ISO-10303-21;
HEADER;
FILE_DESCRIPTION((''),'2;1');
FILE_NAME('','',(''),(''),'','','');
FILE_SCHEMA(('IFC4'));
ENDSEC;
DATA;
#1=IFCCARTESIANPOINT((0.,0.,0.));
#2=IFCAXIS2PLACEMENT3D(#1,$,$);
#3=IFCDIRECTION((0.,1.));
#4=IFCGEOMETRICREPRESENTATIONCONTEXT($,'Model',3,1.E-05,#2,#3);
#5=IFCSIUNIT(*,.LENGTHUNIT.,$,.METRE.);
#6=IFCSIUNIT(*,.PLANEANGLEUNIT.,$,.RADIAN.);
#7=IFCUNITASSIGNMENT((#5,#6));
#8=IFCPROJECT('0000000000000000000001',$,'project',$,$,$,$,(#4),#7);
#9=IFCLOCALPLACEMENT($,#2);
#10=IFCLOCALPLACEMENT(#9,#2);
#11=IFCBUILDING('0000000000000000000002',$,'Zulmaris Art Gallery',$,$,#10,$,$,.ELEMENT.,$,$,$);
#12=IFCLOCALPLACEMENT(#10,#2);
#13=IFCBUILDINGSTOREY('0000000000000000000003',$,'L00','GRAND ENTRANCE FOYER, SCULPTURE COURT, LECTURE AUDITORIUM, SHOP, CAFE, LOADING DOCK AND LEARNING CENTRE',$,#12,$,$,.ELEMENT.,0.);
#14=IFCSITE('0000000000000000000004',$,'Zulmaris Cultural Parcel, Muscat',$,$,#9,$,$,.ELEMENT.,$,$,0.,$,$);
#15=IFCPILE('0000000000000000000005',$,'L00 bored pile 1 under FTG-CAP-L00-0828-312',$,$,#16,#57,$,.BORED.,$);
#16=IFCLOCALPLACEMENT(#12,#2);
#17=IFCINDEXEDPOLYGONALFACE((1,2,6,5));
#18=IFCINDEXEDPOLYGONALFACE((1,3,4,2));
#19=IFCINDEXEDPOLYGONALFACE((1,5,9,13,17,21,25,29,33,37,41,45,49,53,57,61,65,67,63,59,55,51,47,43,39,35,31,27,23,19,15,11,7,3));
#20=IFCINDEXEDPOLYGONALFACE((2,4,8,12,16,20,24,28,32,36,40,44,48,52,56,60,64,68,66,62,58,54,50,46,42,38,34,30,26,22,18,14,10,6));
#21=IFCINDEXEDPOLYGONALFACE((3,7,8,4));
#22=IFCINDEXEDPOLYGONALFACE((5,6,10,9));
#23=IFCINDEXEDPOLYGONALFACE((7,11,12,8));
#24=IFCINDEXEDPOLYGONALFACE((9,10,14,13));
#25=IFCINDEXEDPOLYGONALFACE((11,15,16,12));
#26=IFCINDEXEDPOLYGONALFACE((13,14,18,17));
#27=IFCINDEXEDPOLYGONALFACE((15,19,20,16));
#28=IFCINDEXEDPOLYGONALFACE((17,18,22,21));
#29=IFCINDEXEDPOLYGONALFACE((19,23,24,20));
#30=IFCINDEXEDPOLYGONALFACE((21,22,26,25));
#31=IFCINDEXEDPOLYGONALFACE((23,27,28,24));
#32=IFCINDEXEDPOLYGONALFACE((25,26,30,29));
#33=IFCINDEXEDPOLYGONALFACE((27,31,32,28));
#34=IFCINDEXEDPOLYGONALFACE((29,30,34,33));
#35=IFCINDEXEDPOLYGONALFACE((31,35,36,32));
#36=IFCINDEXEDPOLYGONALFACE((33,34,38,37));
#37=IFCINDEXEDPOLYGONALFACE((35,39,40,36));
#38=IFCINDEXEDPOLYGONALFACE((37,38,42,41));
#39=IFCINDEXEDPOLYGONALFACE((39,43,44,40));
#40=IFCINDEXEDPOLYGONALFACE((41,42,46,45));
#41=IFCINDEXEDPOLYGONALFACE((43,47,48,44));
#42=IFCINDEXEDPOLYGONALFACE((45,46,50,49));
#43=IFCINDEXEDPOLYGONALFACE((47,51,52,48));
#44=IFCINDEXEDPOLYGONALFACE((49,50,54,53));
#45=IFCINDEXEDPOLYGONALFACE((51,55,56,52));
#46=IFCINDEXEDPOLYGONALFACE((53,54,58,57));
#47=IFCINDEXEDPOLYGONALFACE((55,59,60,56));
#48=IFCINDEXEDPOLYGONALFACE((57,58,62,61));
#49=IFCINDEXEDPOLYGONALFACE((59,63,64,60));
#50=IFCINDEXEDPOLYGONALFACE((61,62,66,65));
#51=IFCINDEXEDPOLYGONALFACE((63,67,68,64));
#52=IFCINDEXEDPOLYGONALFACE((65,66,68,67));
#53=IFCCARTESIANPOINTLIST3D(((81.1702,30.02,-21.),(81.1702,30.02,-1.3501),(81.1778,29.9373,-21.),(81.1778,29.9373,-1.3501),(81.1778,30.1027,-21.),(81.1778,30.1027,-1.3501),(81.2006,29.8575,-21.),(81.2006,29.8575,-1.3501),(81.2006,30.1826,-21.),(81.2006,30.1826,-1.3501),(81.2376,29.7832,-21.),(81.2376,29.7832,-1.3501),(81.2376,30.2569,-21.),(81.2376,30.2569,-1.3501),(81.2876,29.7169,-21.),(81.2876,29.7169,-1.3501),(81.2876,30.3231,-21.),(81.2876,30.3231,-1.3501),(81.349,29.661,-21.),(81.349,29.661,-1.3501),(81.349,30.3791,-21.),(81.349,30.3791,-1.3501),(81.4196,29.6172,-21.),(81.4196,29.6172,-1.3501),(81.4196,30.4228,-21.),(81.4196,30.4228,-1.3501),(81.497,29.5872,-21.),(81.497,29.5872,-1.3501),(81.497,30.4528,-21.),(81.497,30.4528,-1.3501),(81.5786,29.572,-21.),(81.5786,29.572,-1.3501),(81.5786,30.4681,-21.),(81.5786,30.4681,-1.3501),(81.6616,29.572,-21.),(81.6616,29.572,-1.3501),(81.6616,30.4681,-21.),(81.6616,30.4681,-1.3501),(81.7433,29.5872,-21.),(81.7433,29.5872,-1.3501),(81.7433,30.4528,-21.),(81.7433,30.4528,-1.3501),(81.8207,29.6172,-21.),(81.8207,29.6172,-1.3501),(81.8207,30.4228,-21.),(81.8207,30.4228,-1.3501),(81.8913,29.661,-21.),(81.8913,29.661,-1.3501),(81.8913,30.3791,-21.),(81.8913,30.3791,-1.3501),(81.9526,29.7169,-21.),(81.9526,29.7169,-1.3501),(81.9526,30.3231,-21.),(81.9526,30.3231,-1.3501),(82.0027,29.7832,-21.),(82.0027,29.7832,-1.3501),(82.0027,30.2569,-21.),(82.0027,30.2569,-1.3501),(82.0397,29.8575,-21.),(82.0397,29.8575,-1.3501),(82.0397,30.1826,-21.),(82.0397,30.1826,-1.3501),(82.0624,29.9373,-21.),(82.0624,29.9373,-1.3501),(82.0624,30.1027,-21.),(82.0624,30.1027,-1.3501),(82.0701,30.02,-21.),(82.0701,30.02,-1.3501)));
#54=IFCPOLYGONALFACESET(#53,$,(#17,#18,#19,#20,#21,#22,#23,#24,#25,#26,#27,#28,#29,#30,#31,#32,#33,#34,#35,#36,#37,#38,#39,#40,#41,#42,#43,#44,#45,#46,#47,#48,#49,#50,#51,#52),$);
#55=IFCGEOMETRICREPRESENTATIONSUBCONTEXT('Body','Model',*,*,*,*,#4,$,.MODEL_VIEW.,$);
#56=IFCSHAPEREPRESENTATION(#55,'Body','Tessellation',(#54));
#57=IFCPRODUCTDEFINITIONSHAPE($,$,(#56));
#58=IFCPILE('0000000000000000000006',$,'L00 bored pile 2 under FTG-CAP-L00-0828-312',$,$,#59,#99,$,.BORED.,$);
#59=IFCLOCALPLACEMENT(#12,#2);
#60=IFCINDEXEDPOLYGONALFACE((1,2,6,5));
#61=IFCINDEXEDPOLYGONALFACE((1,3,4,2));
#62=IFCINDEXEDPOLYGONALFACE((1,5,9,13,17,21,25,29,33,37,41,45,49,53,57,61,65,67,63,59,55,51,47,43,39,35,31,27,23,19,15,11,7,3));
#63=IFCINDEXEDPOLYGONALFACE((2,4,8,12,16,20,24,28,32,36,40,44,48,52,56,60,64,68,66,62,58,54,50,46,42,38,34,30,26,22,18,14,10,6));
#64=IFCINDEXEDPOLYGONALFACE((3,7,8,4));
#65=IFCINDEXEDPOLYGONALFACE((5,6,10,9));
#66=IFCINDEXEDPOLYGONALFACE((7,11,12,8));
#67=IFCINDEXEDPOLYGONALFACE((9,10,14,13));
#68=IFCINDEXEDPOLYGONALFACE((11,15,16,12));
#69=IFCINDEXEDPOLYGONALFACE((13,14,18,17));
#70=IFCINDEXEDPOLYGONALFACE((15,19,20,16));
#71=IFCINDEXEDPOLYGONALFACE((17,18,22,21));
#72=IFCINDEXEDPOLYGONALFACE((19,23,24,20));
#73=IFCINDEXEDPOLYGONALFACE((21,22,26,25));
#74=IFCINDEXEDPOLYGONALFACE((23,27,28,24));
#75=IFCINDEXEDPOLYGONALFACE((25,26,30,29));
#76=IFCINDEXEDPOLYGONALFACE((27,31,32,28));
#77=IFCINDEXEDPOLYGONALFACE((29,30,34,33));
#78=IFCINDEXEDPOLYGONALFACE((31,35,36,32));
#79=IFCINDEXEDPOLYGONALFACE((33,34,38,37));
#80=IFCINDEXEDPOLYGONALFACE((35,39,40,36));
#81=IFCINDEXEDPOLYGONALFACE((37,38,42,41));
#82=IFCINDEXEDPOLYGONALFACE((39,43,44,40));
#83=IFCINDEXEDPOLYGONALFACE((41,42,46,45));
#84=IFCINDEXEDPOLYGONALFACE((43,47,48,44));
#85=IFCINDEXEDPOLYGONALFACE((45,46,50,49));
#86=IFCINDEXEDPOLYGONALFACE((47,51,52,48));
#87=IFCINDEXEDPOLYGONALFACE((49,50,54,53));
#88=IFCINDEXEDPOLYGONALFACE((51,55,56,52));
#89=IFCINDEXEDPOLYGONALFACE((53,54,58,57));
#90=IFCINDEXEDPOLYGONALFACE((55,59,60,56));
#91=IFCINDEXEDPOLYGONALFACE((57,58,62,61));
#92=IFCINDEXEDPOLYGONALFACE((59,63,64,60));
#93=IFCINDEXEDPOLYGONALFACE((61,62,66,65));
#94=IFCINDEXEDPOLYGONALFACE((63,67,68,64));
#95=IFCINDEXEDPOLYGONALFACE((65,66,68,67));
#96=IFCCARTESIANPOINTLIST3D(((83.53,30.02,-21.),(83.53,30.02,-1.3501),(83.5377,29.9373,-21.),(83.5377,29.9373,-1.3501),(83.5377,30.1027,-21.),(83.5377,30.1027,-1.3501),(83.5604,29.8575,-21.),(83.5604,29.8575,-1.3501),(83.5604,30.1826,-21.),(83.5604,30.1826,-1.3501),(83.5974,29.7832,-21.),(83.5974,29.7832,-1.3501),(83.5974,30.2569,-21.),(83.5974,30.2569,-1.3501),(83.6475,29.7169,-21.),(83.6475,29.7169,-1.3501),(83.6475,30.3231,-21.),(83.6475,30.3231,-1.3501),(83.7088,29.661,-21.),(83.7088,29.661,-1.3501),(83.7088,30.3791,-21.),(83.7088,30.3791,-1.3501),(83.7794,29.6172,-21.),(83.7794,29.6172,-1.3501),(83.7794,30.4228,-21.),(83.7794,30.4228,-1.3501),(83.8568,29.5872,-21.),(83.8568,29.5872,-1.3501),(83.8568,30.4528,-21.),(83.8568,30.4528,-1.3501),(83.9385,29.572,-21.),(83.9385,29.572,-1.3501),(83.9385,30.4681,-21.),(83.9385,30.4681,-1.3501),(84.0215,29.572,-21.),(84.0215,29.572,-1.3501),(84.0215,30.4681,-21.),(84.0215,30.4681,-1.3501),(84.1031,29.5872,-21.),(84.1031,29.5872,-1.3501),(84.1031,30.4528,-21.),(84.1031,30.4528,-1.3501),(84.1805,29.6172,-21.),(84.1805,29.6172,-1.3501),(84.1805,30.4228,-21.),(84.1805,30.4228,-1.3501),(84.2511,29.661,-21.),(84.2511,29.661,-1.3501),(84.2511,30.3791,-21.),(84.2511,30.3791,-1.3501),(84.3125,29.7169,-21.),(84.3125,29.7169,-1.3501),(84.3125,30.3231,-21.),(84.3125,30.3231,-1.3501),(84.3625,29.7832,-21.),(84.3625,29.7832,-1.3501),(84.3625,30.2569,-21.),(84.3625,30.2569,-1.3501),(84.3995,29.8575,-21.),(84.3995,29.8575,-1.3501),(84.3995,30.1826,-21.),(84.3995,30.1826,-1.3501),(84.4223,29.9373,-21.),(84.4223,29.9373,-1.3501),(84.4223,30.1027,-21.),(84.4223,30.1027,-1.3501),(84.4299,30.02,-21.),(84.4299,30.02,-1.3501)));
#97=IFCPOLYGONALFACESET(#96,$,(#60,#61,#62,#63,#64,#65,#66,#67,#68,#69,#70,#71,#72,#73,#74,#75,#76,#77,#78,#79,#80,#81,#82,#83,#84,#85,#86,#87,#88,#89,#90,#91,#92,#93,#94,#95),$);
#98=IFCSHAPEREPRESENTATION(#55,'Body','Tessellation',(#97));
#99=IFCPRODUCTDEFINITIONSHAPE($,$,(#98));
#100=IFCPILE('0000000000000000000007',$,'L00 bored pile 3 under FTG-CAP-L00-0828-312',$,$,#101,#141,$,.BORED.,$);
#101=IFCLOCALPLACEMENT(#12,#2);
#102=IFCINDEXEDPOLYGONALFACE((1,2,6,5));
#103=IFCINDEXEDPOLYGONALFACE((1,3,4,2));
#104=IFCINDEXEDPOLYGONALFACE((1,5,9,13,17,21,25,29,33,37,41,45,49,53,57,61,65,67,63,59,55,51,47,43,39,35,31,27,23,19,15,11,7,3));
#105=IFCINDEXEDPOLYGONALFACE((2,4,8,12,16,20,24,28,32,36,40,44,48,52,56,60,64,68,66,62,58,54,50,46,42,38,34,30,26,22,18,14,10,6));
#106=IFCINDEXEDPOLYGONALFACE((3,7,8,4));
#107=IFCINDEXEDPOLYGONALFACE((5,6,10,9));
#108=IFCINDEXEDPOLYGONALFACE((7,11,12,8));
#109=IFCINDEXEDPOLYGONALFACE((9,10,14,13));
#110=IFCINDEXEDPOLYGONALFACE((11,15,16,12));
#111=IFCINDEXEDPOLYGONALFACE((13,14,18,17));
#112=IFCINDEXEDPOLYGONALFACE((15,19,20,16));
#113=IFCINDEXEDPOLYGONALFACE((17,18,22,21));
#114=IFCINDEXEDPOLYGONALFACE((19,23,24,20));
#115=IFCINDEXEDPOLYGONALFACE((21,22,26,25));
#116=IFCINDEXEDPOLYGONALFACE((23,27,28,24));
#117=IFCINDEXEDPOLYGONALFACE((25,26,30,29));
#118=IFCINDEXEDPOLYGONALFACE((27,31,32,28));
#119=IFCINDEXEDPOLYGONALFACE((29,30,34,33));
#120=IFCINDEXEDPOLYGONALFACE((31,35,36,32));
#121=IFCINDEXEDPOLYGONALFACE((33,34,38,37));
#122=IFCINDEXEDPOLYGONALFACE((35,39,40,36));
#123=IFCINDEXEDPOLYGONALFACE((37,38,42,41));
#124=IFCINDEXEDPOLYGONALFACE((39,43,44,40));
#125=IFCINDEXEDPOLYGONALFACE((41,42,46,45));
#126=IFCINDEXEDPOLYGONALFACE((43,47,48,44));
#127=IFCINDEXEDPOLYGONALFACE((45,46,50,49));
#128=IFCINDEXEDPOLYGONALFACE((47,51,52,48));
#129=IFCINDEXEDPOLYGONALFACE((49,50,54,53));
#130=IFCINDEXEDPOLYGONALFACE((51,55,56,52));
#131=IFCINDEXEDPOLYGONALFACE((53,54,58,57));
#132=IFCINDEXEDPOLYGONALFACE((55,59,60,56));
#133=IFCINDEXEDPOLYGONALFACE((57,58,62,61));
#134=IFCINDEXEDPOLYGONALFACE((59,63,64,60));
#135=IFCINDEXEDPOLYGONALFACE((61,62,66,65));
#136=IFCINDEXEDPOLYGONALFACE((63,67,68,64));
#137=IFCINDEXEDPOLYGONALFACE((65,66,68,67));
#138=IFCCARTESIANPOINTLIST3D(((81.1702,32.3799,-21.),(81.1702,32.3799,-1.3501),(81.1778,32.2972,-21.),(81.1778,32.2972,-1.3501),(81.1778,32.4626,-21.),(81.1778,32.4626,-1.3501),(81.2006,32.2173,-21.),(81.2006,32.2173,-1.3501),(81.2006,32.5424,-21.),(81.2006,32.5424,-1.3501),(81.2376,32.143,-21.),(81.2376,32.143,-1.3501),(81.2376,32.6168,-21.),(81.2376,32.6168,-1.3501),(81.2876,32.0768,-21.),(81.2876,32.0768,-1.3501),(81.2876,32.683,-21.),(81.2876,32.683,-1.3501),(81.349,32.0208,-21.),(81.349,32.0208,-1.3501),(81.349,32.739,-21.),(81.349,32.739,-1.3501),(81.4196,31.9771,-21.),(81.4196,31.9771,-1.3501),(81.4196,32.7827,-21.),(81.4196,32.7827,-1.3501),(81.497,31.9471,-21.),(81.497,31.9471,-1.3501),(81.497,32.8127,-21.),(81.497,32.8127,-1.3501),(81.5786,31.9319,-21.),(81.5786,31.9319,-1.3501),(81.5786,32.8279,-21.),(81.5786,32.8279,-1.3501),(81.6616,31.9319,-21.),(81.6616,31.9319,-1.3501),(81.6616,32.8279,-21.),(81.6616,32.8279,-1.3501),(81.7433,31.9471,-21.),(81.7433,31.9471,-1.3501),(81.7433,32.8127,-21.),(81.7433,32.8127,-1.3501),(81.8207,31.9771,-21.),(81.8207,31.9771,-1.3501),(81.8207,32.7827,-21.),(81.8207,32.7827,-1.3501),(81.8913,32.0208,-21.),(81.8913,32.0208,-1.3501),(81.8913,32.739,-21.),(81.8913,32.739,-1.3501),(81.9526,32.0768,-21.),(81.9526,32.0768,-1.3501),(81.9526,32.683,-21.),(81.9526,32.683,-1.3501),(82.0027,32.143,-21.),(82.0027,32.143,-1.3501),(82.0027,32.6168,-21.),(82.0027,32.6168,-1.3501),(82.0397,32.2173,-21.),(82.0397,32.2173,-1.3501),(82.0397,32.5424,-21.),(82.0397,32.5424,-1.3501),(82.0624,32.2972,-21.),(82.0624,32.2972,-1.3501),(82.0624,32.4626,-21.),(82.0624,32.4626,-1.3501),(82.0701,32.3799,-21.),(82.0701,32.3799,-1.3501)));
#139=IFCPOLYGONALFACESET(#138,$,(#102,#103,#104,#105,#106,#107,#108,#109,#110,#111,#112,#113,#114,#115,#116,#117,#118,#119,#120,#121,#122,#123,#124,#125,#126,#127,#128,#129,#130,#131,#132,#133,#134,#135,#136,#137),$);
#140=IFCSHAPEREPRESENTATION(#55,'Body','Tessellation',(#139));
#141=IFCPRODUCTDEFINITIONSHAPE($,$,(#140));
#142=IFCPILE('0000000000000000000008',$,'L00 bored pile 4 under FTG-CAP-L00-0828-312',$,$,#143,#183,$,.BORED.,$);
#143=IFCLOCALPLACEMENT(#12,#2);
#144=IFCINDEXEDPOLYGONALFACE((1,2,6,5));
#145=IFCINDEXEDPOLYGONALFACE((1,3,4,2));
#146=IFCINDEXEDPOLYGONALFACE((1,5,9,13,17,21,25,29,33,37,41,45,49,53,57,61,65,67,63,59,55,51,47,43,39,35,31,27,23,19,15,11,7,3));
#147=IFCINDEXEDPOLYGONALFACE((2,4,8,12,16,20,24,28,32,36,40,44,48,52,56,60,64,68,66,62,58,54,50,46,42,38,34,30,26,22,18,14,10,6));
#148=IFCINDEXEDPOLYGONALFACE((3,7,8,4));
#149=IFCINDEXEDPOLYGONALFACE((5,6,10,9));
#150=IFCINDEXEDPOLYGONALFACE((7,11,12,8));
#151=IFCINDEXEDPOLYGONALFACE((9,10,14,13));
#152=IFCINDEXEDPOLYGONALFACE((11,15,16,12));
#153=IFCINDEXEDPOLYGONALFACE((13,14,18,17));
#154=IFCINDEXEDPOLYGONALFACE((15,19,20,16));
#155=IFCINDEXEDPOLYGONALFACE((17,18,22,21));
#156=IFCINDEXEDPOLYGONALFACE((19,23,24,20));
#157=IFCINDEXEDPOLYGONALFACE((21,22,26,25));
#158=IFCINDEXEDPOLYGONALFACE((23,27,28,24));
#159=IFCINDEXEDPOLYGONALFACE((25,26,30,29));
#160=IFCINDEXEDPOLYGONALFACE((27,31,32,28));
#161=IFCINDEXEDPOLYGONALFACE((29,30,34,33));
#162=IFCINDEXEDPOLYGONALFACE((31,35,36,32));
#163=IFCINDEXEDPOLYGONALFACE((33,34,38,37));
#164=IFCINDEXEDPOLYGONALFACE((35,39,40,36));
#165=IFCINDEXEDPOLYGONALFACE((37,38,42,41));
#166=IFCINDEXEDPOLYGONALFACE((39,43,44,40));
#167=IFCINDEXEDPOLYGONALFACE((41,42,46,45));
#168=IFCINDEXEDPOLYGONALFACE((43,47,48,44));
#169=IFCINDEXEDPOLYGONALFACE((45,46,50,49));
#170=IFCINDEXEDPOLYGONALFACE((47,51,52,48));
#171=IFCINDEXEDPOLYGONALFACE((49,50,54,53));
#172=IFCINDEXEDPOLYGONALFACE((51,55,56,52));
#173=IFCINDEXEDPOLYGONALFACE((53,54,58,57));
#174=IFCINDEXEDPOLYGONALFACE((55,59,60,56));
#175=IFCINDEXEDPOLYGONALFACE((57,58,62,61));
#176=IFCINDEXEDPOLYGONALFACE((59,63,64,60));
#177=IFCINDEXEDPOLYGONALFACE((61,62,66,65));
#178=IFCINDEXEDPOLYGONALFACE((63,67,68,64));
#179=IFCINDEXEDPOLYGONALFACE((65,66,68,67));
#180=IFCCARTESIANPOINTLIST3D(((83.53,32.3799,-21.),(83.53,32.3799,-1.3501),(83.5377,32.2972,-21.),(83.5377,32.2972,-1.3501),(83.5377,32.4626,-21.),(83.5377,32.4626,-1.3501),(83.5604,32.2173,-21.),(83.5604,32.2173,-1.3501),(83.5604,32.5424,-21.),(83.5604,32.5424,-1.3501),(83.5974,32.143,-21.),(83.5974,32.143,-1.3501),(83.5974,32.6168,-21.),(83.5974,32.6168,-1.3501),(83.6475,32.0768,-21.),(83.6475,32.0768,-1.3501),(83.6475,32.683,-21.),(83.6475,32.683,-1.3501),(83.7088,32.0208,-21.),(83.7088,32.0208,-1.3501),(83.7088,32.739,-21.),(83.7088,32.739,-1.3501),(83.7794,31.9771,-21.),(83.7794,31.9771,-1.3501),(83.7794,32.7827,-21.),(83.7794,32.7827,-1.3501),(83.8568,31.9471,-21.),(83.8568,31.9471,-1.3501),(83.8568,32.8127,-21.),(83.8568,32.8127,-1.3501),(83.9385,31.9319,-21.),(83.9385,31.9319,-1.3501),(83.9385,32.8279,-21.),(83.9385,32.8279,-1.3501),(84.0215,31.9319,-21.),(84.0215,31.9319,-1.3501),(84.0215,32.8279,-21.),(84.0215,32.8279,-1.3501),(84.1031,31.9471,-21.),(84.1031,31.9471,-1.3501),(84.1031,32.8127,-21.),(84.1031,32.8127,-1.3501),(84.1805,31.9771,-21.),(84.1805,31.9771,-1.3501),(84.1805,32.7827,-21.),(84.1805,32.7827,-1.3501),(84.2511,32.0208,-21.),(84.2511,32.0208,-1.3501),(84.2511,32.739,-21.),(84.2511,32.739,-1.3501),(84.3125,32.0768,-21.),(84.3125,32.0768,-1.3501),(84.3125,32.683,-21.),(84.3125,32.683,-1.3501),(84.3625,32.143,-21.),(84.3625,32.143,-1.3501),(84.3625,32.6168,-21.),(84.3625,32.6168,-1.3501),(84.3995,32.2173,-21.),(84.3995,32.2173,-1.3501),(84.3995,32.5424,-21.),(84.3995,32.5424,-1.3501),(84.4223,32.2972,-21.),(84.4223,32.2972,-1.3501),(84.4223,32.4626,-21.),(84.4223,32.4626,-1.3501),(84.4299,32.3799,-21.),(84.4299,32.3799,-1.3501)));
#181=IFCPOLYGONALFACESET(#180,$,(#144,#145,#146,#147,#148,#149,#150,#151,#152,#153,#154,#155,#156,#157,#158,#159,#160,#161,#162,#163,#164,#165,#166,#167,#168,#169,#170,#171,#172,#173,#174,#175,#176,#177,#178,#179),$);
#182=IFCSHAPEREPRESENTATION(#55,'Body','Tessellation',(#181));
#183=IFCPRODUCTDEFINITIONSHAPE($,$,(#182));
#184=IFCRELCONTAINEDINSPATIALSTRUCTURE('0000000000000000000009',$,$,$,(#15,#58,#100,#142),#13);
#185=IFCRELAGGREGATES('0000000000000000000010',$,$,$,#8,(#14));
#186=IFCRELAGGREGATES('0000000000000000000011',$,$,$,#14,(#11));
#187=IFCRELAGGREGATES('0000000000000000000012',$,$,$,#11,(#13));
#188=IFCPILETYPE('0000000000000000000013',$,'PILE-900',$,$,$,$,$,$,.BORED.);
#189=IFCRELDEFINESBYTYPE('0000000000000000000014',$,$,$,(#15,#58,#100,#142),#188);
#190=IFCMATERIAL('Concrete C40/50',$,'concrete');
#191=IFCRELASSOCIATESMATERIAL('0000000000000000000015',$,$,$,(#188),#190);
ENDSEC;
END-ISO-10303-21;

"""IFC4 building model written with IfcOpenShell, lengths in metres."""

from ifc_helpers import new_model, si_unit, direction, frame, origin, origin_2d, place, context, subcontext, project, spatial, circle, extrude, material, material_profile, profile_set, type_object, element, save


model = new_model("IFC4")

# Units and contexts
model_context = context("Model", 3, precision=1e-05, world=origin(), true_north=direction((0.0, 1.0)))
body_context = subcontext(model_context, "Body", "Model", "MODEL_VIEW")
ifc_project = project(units=[si_unit("LENGTHUNIT", "METRE"), si_unit("PLANEANGLEUNIT", "RADIAN")], contexts=[model_context])

# Site, building, storey
site_placement = place(None, origin())
site = spatial("IfcSite", under=ifc_project, at=site_placement, Name="Zulmaris Cultural Parcel, Muscat", CompositionType="ELEMENT", RefElevation=0.0)
building_placement = place(site_placement, origin())
building = spatial("IfcBuilding", under=site, at=building_placement, Name="Zulmaris Art Gallery", CompositionType="ELEMENT")
storey_placement = place(building_placement, origin())
storey = spatial("IfcBuildingStorey", under=building, at=storey_placement, Name="L00", Description="GRAND ENTRANCE FOYER, SCULPTURE COURT, LECTURE AUDITORIUM, SHOP, CAFE, LOADING DOCK AND LEARNING CENTRE", CompositionType="ELEMENT", Elevation=0.0)

# Piles
ifc_material_1 = material(Name="Concrete C40/50", Category="concrete")
ifc_material_profile_1 = material_profile(ifc_material_1, circle(Radius=0.45, at=origin_2d()), Name="PILE DIA 900")
ifc_profile_set_1 = profile_set([ifc_material_profile_1], Name="Concrete C40/50")
pile_type_1 = type_object("IfcPileType", Name="PILE-900", PredefinedType="BORED", material=ifc_profile_set_1)
for number, where, z_axis, x_axis, name in (
    (1, (81.6201, 30.02, -1.3501), (0.0, 0.0, -1.0), (1.0, 0.0, 0.0), "L00 bored pile 1 under FTG-CAP-L00-0828-312"),
    (2, (83.98, 30.02, -1.3501), (0.0, 0.0, -1.0), (1.0, 0.0, 0.0), "L00 bored pile 2 under FTG-CAP-L00-0828-312"),
    (3, (81.6201, 32.3799, -1.3501), (0.0, 0.0, -1.0), (1.0, 0.0, 0.0), "L00 bored pile 3 under FTG-CAP-L00-0828-312"),
    (4, (83.98, 32.3799, -1.3501), (0.0, 0.0, -1.0), (1.0, 0.0, 0.0), "L00 bored pile 4 under FTG-CAP-L00-0828-312"),
):
    element("IfcPile", number, at=place(storey_placement, frame(where, z_axis=z_axis, x_axis=x_axis)), inside=storey, type_object=pile_type_1, Name=name, PredefinedType="BORED", context=body_context, shape_type="SweptSolid", body=[
        extrude(circle(Radius=0.45, at=origin_2d()), origin(), (0.0, 0.0, 1.0), 19.6499),
    ])

save(model, "model.ifc")
